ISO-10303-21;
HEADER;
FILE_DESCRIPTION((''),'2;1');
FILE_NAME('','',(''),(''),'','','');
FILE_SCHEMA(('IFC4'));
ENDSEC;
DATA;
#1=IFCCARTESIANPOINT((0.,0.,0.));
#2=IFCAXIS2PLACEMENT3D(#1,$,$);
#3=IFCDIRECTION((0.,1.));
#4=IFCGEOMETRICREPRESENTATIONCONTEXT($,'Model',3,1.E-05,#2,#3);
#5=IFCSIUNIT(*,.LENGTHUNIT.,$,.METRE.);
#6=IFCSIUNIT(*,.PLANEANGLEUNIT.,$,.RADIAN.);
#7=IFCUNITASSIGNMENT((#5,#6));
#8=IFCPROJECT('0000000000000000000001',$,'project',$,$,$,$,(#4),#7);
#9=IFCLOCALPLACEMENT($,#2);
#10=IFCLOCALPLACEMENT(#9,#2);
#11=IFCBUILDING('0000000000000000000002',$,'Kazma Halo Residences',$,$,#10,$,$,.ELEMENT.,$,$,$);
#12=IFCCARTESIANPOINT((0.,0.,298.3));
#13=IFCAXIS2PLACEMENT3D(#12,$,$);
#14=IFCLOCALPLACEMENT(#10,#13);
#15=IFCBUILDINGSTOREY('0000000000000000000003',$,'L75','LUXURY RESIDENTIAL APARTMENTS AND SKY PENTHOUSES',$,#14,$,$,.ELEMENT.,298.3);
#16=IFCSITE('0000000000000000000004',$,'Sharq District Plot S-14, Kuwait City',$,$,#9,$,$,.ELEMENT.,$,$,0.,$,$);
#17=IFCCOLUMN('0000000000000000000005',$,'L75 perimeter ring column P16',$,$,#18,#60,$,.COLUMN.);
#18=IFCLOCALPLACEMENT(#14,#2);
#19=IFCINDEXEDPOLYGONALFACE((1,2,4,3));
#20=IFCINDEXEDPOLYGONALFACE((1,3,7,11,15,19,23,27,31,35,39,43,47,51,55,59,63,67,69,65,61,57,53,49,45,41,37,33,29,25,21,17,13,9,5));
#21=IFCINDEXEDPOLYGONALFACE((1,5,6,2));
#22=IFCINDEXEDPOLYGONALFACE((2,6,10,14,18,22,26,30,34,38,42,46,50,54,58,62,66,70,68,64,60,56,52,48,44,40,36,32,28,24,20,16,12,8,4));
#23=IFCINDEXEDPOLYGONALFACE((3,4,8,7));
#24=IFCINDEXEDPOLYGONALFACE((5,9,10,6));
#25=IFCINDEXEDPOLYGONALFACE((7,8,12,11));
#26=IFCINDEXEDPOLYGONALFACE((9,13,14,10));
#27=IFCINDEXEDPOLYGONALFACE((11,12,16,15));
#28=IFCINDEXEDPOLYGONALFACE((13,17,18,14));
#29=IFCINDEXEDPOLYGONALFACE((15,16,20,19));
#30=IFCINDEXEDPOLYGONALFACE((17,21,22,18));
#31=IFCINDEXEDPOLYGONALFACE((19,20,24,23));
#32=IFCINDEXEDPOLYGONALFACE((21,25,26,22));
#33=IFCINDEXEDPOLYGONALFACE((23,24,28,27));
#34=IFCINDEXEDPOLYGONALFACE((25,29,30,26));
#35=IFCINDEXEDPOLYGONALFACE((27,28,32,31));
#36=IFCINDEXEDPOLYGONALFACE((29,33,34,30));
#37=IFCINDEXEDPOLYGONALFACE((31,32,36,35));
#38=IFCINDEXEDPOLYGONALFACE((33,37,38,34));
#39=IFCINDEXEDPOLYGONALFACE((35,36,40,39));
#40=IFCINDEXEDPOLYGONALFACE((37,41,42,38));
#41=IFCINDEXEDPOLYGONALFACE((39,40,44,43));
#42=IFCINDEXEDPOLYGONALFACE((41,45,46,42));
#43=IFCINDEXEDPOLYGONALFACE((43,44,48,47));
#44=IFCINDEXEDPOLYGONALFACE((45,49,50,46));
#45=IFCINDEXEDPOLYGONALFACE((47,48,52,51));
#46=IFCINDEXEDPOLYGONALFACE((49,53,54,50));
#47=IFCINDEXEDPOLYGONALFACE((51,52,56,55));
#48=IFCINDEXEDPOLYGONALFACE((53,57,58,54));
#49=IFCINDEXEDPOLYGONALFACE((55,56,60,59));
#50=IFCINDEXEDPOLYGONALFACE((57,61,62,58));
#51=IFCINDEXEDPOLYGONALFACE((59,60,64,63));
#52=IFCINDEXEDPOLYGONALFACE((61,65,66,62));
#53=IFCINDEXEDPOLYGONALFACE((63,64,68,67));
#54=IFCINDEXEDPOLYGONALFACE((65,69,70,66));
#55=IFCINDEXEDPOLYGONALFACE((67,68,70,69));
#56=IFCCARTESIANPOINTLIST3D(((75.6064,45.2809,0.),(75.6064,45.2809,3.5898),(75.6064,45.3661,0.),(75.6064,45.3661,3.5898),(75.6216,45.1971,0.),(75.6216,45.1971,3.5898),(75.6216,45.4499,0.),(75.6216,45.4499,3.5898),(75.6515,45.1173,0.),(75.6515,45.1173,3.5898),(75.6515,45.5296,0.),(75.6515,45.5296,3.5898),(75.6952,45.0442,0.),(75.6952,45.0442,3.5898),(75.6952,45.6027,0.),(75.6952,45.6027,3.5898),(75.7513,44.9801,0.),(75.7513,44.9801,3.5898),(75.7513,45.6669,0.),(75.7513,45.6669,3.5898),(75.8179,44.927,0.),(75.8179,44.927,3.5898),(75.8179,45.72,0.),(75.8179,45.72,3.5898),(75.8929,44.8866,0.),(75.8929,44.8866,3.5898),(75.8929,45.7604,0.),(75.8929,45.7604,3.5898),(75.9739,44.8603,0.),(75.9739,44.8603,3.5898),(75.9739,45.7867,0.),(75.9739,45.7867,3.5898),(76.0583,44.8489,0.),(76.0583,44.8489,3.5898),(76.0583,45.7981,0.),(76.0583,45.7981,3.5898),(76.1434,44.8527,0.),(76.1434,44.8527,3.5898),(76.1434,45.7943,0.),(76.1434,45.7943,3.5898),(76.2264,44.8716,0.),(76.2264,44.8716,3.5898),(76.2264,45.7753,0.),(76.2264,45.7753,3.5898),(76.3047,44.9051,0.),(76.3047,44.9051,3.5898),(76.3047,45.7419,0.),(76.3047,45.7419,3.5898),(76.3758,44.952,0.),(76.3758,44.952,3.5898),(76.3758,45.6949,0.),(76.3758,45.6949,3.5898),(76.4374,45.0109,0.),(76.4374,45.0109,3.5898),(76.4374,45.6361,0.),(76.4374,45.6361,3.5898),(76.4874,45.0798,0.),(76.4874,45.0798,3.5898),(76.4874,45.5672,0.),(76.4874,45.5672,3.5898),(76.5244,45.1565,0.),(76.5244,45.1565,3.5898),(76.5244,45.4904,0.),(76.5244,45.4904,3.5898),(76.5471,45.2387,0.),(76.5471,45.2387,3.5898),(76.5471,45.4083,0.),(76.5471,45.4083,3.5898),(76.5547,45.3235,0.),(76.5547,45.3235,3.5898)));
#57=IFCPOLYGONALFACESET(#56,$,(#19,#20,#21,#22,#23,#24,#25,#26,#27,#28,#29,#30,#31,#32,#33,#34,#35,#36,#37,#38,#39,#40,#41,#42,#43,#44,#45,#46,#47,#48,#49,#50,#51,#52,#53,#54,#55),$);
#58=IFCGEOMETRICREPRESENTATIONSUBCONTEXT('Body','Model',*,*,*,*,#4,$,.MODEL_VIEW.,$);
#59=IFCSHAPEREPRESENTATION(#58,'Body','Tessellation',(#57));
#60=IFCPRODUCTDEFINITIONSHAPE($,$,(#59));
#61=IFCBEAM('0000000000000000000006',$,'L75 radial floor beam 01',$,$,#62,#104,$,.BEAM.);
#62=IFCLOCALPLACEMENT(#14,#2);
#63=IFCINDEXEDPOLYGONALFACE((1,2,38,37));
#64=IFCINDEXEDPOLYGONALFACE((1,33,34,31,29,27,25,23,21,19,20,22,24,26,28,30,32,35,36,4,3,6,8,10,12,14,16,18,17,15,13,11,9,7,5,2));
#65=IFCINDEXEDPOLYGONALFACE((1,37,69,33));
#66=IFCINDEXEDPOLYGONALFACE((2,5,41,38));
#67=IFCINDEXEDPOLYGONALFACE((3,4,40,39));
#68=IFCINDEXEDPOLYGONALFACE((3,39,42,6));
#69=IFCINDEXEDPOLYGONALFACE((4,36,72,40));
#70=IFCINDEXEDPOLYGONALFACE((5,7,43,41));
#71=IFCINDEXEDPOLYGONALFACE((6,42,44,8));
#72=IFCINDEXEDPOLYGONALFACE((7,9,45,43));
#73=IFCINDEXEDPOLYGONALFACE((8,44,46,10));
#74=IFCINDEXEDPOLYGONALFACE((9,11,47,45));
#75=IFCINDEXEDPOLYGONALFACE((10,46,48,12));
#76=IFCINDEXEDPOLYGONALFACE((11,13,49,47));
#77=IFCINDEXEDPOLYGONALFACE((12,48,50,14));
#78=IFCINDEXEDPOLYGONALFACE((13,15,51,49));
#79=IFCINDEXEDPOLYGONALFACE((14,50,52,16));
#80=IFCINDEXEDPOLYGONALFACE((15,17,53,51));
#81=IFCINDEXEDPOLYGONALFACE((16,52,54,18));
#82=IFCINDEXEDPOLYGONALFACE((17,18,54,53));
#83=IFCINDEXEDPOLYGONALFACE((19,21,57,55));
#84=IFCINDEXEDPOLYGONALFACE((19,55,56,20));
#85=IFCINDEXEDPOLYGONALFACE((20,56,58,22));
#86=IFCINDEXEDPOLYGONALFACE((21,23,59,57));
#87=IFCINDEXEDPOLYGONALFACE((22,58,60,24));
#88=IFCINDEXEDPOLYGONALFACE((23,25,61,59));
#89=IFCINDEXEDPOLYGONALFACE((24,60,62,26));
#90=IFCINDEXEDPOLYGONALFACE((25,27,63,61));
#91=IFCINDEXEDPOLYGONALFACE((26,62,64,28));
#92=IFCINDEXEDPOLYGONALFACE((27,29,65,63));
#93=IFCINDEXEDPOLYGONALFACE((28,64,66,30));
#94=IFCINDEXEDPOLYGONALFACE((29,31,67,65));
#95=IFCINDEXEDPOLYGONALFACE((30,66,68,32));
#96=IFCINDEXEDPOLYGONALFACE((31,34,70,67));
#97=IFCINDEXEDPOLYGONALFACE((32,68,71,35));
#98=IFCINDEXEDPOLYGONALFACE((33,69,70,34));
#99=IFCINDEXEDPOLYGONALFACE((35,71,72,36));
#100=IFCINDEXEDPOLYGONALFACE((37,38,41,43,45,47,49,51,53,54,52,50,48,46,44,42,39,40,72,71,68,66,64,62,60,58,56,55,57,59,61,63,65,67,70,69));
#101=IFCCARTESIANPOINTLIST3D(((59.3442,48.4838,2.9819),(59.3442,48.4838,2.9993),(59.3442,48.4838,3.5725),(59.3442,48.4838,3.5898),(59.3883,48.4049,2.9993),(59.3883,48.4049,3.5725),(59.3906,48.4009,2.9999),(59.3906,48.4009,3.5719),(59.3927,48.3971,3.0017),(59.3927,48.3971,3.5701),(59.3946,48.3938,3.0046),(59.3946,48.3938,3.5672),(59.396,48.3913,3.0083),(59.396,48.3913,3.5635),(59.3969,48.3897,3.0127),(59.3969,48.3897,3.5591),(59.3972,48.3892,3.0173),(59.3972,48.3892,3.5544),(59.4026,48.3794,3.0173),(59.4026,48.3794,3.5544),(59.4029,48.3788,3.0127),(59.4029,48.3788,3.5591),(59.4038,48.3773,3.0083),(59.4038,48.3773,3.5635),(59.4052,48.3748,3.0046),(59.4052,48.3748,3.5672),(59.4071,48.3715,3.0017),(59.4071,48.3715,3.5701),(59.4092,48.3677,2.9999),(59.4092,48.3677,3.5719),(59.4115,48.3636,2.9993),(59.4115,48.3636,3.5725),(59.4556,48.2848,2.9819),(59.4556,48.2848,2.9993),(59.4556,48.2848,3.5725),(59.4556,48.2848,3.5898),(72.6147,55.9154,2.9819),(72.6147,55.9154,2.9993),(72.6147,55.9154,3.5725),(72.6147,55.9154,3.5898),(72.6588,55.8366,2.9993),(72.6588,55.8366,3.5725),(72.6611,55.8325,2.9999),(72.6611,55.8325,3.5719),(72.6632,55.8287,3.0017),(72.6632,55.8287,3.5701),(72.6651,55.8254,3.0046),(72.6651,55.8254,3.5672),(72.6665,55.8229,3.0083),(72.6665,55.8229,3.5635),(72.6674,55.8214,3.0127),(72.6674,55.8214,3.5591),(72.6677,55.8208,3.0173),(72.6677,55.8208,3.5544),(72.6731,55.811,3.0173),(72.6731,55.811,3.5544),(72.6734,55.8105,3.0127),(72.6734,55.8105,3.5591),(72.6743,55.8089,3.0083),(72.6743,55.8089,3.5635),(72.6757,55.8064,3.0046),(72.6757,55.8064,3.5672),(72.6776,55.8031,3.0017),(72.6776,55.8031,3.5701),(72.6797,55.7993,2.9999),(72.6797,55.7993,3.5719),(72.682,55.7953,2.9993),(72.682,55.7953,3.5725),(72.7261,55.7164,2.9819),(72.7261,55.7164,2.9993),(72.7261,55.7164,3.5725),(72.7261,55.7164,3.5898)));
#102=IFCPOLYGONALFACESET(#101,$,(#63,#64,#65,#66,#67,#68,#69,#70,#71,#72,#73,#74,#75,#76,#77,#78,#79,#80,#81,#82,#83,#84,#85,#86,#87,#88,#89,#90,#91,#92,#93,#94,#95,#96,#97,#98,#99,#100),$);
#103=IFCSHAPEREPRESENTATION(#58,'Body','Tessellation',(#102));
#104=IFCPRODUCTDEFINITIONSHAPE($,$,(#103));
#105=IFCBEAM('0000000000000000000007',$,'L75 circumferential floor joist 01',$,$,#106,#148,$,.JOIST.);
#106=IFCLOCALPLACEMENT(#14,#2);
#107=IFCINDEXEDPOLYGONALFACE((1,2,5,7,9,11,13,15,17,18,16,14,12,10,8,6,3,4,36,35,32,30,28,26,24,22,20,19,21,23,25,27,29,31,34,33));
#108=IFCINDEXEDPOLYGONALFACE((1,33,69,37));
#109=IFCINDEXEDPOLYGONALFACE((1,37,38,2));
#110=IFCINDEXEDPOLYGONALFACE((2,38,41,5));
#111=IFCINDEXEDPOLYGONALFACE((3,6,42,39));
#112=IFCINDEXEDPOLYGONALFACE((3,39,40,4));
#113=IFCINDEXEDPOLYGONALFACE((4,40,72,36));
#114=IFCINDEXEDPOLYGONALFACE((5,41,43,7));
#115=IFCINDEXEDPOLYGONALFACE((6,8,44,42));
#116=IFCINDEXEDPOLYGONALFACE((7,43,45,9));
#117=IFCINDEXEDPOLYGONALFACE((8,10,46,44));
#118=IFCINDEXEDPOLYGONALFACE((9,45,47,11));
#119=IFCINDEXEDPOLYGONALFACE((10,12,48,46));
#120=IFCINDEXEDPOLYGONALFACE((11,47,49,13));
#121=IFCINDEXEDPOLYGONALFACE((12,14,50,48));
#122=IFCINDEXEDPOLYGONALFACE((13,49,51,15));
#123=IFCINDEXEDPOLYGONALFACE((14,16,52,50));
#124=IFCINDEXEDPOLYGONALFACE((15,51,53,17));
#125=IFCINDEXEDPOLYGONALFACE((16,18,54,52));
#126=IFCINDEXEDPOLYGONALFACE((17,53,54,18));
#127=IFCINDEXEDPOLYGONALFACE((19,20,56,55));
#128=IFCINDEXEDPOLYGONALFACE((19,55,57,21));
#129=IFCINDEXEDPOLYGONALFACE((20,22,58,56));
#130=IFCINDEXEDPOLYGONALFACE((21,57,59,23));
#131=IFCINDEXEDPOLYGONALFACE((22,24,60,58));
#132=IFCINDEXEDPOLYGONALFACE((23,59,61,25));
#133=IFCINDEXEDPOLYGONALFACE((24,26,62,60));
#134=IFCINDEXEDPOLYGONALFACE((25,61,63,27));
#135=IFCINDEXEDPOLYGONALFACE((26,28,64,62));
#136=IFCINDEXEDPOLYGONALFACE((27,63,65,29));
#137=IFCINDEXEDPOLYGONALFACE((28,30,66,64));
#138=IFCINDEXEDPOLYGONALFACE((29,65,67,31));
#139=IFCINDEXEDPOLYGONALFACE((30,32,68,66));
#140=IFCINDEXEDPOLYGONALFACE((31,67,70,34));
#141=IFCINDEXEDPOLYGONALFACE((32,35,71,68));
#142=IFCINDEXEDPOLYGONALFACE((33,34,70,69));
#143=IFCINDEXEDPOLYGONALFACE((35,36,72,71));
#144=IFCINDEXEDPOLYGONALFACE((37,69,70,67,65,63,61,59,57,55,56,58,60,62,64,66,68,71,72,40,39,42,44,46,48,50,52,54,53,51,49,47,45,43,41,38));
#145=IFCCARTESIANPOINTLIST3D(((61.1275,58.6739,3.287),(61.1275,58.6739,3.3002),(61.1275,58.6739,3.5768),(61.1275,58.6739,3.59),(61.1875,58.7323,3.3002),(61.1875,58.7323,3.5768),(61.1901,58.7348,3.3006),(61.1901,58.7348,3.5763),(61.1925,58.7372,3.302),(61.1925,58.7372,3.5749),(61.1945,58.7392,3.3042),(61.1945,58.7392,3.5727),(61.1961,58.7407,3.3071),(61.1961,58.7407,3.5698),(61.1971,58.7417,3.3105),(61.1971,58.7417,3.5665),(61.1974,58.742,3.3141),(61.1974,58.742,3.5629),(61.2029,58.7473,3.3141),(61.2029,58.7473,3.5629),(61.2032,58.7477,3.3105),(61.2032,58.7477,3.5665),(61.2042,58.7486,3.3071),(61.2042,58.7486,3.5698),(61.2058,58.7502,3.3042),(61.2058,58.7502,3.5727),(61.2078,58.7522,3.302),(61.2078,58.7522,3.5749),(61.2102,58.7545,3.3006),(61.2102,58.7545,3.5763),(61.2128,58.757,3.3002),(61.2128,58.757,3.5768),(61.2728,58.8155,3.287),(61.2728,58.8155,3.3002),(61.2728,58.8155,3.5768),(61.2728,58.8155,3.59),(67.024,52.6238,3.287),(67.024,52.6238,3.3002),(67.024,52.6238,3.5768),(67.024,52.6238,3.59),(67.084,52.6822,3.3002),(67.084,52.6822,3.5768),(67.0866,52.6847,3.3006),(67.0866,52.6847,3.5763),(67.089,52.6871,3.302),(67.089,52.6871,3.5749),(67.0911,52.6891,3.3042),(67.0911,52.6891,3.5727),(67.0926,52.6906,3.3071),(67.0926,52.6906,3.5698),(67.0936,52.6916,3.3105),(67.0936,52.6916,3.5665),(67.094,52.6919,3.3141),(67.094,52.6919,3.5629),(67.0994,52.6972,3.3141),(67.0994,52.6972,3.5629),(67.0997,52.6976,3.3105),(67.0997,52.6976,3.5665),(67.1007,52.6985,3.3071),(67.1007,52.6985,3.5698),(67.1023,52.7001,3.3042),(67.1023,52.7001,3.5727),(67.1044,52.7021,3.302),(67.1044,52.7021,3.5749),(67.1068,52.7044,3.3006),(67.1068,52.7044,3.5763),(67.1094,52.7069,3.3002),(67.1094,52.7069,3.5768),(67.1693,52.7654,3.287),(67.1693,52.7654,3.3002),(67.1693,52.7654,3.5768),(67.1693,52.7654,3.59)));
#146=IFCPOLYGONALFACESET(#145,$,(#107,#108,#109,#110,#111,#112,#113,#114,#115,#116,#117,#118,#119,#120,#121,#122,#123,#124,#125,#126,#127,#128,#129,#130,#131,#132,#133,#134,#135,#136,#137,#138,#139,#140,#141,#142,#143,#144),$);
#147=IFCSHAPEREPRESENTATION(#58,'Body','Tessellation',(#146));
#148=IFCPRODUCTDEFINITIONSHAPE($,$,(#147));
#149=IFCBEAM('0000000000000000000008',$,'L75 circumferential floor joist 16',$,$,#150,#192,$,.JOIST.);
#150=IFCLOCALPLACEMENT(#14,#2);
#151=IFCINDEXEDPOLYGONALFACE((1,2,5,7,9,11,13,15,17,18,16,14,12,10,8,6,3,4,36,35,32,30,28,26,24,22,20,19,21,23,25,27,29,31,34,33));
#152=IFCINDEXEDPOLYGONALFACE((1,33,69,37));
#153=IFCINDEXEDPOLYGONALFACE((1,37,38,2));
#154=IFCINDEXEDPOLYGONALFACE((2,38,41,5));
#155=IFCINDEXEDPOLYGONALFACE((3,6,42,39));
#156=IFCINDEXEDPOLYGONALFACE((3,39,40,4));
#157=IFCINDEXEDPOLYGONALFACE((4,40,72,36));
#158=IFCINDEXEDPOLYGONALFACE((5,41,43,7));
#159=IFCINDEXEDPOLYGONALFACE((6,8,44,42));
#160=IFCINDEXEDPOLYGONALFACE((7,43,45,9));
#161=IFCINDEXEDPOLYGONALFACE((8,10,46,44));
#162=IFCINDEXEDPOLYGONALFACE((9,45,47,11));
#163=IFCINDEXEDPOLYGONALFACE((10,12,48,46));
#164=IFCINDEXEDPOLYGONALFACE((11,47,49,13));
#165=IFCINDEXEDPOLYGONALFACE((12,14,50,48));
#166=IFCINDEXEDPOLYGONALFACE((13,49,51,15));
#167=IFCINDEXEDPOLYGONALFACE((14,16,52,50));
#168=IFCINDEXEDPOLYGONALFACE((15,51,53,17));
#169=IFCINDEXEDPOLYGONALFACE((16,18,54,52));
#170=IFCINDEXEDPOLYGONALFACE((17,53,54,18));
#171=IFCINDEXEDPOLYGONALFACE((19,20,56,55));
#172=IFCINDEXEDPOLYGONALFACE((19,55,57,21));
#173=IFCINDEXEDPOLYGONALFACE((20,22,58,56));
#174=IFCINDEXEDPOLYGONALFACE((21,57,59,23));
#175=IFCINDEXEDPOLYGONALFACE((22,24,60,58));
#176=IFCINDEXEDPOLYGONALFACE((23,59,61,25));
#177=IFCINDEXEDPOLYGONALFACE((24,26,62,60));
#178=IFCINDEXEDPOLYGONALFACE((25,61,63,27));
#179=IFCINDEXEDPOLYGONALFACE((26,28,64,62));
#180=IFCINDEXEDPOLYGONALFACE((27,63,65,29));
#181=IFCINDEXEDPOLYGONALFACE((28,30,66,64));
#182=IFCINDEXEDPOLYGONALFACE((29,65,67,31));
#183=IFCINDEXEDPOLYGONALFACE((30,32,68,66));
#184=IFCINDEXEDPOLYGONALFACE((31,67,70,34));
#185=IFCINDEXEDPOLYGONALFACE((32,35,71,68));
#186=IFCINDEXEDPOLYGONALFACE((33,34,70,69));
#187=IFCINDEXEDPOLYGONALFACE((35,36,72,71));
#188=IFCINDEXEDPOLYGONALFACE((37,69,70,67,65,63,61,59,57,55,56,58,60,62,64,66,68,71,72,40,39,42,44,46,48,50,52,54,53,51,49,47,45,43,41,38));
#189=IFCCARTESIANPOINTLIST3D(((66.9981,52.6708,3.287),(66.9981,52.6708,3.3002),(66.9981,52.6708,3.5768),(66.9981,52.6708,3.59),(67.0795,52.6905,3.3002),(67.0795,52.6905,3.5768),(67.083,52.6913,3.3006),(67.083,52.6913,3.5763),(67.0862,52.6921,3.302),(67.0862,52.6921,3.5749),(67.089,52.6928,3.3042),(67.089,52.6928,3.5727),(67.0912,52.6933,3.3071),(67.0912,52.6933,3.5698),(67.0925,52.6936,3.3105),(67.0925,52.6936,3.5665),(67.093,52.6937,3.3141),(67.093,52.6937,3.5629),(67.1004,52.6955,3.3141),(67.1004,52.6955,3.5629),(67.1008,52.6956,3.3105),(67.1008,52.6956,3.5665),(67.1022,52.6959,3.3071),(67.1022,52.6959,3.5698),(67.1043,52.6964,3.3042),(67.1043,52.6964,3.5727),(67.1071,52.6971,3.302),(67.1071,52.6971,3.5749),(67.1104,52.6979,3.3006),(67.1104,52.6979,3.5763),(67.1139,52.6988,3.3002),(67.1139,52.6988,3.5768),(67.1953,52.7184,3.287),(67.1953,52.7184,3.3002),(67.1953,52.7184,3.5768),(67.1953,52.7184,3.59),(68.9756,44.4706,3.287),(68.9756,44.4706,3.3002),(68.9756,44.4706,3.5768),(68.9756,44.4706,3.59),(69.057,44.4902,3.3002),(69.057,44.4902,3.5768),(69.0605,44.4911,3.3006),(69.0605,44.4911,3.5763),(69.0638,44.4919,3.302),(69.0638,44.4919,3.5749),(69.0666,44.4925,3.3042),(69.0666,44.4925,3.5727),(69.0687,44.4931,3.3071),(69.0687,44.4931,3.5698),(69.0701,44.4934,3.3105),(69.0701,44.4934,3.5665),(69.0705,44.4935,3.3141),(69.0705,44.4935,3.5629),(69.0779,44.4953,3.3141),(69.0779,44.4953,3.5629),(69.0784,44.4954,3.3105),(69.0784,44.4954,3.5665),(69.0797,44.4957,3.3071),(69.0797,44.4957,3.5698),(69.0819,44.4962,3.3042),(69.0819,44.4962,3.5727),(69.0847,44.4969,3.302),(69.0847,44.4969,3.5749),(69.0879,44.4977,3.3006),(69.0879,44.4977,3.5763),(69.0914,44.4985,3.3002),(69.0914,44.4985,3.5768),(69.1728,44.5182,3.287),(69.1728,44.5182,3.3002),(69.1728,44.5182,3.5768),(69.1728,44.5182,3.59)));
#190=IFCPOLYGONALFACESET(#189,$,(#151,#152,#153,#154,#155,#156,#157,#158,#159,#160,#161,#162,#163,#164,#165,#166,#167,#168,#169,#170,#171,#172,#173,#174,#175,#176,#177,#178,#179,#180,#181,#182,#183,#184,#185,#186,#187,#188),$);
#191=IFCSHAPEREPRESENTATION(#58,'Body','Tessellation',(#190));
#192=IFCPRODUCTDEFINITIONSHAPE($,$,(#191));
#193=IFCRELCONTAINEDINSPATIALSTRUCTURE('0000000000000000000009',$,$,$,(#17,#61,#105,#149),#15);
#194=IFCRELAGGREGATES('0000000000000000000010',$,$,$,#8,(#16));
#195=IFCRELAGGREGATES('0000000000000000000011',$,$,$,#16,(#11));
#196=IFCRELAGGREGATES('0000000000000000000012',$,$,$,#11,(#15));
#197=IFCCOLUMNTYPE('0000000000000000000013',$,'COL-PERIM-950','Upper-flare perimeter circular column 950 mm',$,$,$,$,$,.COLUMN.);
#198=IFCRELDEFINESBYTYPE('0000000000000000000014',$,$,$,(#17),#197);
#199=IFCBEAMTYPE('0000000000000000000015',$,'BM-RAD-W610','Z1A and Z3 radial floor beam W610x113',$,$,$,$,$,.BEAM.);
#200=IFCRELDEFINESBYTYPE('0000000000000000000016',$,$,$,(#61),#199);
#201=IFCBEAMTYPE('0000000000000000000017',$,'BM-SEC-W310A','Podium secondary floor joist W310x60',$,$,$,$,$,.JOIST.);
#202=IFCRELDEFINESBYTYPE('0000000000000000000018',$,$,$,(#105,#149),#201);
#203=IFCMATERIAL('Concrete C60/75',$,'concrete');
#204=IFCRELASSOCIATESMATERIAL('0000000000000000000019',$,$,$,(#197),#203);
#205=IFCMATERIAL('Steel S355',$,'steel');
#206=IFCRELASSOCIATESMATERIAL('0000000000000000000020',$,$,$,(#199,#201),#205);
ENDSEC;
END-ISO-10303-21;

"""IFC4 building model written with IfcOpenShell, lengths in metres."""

from ifc_helpers import new_model, si_unit, direction, frame, origin, origin_2d, place, context, subcontext, project, spatial, circle, i_section, extrude, material, material_profile, profile_set, type_object, element, save


model = new_model("IFC4")

# Units and contexts
model_context = context("Model", 3, precision=1e-05, world=origin(), true_north=direction((0.0, 1.0)))
body_context = subcontext(model_context, "Body", "Model", "MODEL_VIEW")
ifc_project = project(units=[si_unit("LENGTHUNIT", "METRE"), si_unit("PLANEANGLEUNIT", "RADIAN")], contexts=[model_context])

# Site, building, storey
site_placement = place(None, origin())
site = spatial("IfcSite", under=ifc_project, at=site_placement, Name="Sharq District Plot S-14, Kuwait City", CompositionType="ELEMENT", RefElevation=0.0)
building_placement = place(site_placement, origin())
building = spatial("IfcBuilding", under=site, at=building_placement, Name="Kazma Halo Residences", CompositionType="ELEMENT")
storey_placement = place(building_placement, frame((0.0, 0.0, 298.3)))
storey = spatial("IfcBuildingStorey", under=building, at=storey_placement, Name="L75", Description="LUXURY RESIDENTIAL APARTMENTS AND SKY PENTHOUSES", CompositionType="ELEMENT", Elevation=298.3)

# Column
ifc_material_1 = material(Name="Concrete C60/75", Category="concrete")
ifc_material_profile_1 = material_profile(ifc_material_1, circle(Radius=0.4751, at=origin_2d()), Name="CIRC950")
ifc_profile_set_1 = profile_set([ifc_material_profile_1], Name="Concrete C60/75")
column_type = type_object("IfcColumnType", Name="COL-PERIM-950", Description="Upper-flare perimeter circular column 950 mm", PredefinedType="COLUMN", material=ifc_profile_set_1)
column_placement = place(storey_placement, frame((76.0796, 45.3235, 0.0), z_axis=(0.0, 0.0, 1.0), x_axis=(1.0, 0.0, 0.0)))
element("IfcColumn", 1, at=column_placement, inside=storey, type_object=column_type, Name="L75 perimeter ring column P16", PredefinedType="COLUMN", context=body_context, shape_type="SweptSolid", body=[
    extrude(circle(Radius=0.4751, at=origin_2d()), origin(), (0.0, 0.0, 1.0), 3.5898),
])

# Beams
ifc_material_2 = material(Name="Steel S355", Category="steel")
ifc_material_profile_2 = material_profile(ifc_material_2, i_section(OverallWidth=0.228, OverallDepth=0.6079, WebThickness=0.0112, FlangeThickness=0.0173, FilletRadius=0.0181, at=origin_2d()), Name="W610x113")
ifc_profile_set_2 = profile_set([ifc_material_profile_2], Name="Steel S355")
beam_type_1 = type_object("IfcBeamType", Name="BM-RAD-W610", Description="Z1A and Z3 radial floor beam W610x113", PredefinedType="BEAM", material=ifc_profile_set_2)
beam_1_placement = place(storey_placement, frame((59.3999, 48.3843, 3.2859), z_axis=(0.872502, 0.488611, 0.0), x_axis=(-0.488611, 0.872502, 0.0)))
element("IfcBeam", 2, at=beam_1_placement, inside=storey, type_object=beam_type_1, Name="L75 radial floor beam 01", PredefinedType="BEAM", context=body_context, shape_type="SweptSolid", body=[
    extrude(i_section(OverallWidth=0.228, OverallDepth=0.6079, WebThickness=0.0112, FlangeThickness=0.0173, FilletRadius=0.0181, at=origin_2d()), origin(), (0.0, 0.0, 1.0), 15.2097),
])
ifc_material_profile_3 = material_profile(ifc_material_2, i_section(OverallWidth=0.2029, OverallDepth=0.303, WebThickness=0.0076, FlangeThickness=0.0132, FilletRadius=0.0139, at=origin_2d()), Name="W310x60")
ifc_profile_set_3 = profile_set([ifc_material_profile_3], Name="Steel S355")
beam_type_2 = type_object("IfcBeamType", Name="BM-SEC-W310A", Description="Podium secondary floor joist W310x60", PredefinedType="JOIST", material=ifc_profile_set_3)
beam_2_placement = place(storey_placement, frame((67.0967, 52.6946, 3.4385), z_axis=(-0.69796, 0.716137, 0.0), x_axis=(-0.716137, -0.69796, 0.0)))
element("IfcBeam", 3, at=beam_2_placement, inside=storey, type_object=beam_type_2, Name="L75 circumferential floor joist 01", PredefinedType="JOIST", context=body_context, shape_type="SweptSolid", body=[
    extrude(i_section(OverallWidth=0.2029, OverallDepth=0.303, WebThickness=0.0076, FlangeThickness=0.0132, FilletRadius=0.0139, at=origin_2d()), origin(), (0.0, 0.0, 1.0), 8.4482),
])
beam_3_placement = place(storey_placement, frame((69.0742, 44.4944, 3.4385), z_axis=(-0.234437, 0.972131, 0.0), x_axis=(-0.972131, -0.234437, 0.0)))
element("IfcBeam", 4, at=beam_3_placement, inside=storey, type_object=beam_type_2, Name="L75 circumferential floor joist 16", PredefinedType="JOIST", context=body_context, shape_type="SweptSolid", body=[
    extrude(i_section(OverallWidth=0.2029, OverallDepth=0.303, WebThickness=0.0076, FlangeThickness=0.0132, FilletRadius=0.0139, at=origin_2d()), origin(), (0.0, 0.0, 1.0), 8.4353),
])

save(model, "model.ifc")
